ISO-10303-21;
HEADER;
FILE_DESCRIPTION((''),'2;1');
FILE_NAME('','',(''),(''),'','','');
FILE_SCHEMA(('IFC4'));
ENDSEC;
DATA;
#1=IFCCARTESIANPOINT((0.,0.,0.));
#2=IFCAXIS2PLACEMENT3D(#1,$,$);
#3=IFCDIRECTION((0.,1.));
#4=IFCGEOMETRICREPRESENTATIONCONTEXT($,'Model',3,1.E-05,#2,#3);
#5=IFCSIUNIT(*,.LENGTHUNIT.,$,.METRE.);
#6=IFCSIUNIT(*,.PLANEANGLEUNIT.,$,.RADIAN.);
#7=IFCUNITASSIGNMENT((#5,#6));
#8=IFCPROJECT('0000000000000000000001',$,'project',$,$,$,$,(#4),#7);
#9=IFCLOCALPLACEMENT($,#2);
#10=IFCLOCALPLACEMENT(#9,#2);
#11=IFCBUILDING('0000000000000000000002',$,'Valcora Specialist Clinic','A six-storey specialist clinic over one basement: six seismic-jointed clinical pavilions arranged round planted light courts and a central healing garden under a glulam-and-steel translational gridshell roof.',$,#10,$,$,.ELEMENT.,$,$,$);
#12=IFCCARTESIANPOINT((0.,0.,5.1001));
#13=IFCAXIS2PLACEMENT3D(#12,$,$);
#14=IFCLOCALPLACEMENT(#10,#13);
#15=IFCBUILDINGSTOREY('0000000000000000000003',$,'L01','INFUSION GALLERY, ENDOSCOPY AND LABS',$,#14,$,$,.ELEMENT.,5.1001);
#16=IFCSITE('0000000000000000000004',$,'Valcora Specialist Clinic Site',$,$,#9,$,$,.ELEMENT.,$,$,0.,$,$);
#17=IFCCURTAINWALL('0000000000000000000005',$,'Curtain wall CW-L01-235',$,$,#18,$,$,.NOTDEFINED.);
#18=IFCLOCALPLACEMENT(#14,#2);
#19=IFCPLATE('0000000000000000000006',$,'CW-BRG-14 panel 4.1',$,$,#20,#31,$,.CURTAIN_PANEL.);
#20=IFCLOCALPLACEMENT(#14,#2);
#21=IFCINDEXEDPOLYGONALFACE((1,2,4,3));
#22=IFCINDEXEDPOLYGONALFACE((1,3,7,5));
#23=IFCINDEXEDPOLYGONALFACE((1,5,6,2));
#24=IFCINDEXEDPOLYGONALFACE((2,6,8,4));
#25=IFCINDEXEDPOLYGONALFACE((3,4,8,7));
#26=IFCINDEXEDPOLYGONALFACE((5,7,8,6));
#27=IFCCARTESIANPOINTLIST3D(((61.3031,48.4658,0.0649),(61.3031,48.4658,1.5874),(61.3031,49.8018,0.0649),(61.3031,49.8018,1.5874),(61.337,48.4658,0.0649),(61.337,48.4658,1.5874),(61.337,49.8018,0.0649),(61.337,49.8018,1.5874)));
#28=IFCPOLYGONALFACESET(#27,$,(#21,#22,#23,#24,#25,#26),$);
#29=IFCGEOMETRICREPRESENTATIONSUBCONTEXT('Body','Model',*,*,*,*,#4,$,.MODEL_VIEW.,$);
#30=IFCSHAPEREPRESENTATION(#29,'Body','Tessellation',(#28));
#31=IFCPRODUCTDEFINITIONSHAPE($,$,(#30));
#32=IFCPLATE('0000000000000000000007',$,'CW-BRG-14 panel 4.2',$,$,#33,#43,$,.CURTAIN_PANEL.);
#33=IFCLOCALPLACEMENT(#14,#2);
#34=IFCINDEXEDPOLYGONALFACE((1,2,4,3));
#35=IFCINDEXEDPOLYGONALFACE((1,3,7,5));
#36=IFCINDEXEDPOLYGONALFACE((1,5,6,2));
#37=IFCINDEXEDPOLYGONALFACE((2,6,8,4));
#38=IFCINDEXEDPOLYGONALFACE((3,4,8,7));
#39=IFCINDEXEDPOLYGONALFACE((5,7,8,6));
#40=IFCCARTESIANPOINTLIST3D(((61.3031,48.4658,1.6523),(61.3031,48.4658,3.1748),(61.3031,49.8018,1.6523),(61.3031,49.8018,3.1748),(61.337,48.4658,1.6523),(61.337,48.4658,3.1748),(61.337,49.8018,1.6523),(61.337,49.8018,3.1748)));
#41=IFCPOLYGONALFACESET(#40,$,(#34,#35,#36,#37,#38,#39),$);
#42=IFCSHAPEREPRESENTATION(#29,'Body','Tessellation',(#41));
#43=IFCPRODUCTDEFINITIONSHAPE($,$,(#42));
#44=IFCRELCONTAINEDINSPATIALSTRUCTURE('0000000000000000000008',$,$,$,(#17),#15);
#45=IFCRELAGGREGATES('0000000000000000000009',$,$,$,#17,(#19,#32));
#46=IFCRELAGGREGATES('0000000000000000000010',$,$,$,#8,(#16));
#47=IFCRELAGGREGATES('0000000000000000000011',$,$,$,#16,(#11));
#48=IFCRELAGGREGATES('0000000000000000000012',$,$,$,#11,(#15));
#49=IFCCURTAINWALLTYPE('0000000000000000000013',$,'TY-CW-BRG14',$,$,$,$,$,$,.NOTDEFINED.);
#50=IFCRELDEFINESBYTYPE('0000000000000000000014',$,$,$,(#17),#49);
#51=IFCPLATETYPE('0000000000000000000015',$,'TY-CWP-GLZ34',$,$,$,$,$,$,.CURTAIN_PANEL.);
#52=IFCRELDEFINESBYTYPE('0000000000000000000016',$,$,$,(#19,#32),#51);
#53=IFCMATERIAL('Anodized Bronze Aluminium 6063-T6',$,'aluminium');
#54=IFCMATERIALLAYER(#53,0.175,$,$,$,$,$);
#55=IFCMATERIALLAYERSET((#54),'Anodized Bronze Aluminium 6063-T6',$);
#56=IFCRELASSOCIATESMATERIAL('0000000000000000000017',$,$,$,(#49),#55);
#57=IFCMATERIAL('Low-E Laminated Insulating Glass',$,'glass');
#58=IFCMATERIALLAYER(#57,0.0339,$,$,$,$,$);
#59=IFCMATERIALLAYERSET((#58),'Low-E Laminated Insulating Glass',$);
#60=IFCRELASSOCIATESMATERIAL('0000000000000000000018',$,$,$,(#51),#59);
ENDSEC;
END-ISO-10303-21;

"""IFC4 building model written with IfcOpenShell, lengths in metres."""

from ifc_helpers import new_model, si_unit, direction, frame, origin, origin_2d, place, context, subcontext, project, spatial, rectangle, extrude, material, layer, layer_set, type_object, element, aggregate, save


model = new_model("IFC4")

# Units and contexts
model_context = context("Model", 3, precision=1e-05, world=origin(), true_north=direction((0.0, 1.0)))
body_context = subcontext(model_context, "Body", "Model", "MODEL_VIEW")
ifc_project = project(units=[si_unit("LENGTHUNIT", "METRE"), si_unit("PLANEANGLEUNIT", "RADIAN")], contexts=[model_context])

# Site, building, storey
site_placement = place(None, origin())
site = spatial("IfcSite", under=ifc_project, at=site_placement, Name="Valcora Specialist Clinic Site", CompositionType="ELEMENT", RefElevation=0.0)
building_placement = place(site_placement, origin())
building = spatial("IfcBuilding", under=site, at=building_placement, Name="Valcora Specialist Clinic", Description="A six-storey specialist clinic over one basement: six seismic-jointed clinical pavilions arranged round planted light courts and a central healing garden under a glulam-and-steel translational gridshell roof.", CompositionType="ELEMENT")
storey_placement = place(building_placement, frame((0.0, 0.0, 5.1001)))
storey = spatial("IfcBuildingStorey", under=building, at=storey_placement, Name="L01", Description="INFUSION GALLERY, ENDOSCOPY AND LABS", CompositionType="ELEMENT", Elevation=5.1001)

# Curtain wall
ifc_material_1 = material(Name="Anodized Bronze Aluminium 6063-T6", Category="aluminium")
ifc_layer_1 = layer(ifc_material_1, 0.175)
ifc_layer_set_1 = layer_set([ifc_layer_1], Name="Anodized Bronze Aluminium 6063-T6")
curtain_wall_type = type_object("IfcCurtainWallType", Name="TY-CW-BRG14", PredefinedType="NOTDEFINED", material=ifc_layer_set_1)
curtain_wall_1_placement = place(storey_placement, origin())
curtain_wall_1 = element("IfcCurtainWall", 1, at=curtain_wall_1_placement, inside=storey, type_object=curtain_wall_type, Name="Curtain wall CW-L01-235", PredefinedType="NOTDEFINED")

# Plates
ifc_material_2 = material(Name="Low-E Laminated Insulating Glass", Category="glass")
ifc_layer_2 = layer(ifc_material_2, 0.0339)
ifc_layer_set_2 = layer_set([ifc_layer_2], Name="Low-E Laminated Insulating Glass")
plate_type_1 = type_object("IfcPlateType", Name="TY-CWP-GLZ34", PredefinedType="CURTAIN_PANEL", material=ifc_layer_set_2)
plate_1_placement = place(storey_placement, frame((61.3201, 49.1338, 0.0649), z_axis=(0.0, 0.0, 1.0), x_axis=(0.0, 1.0, 0.0)))
plate_1 = element("IfcPlate", 2, at=plate_1_placement, type_object=plate_type_1, Name="CW-BRG-14 panel 4.1", PredefinedType="CURTAIN_PANEL", context=body_context, shape_type="SweptSolid", body=[
    extrude(rectangle(XDim=1.3359, YDim=0.0339, at=origin_2d()), origin(), (0.0, 0.0, 1.0), 1.5225),
])
plate_2_placement = place(storey_placement, frame((61.3201, 49.1338, 1.6523), z_axis=(0.0, 0.0, 1.0), x_axis=(0.0, 1.0, 0.0)))
plate_2 = element("IfcPlate", 3, at=plate_2_placement, type_object=plate_type_1, Name="CW-BRG-14 panel 4.2", PredefinedType="CURTAIN_PANEL", context=body_context, shape_type="SweptSolid", body=[
    extrude(rectangle(XDim=1.3359, YDim=0.0339, at=origin_2d()), origin(), (0.0, 0.0, 1.0), 1.5225),
])
aggregate(curtain_wall_1, [plate_1, plate_2])

save(model, "model.ifc")
